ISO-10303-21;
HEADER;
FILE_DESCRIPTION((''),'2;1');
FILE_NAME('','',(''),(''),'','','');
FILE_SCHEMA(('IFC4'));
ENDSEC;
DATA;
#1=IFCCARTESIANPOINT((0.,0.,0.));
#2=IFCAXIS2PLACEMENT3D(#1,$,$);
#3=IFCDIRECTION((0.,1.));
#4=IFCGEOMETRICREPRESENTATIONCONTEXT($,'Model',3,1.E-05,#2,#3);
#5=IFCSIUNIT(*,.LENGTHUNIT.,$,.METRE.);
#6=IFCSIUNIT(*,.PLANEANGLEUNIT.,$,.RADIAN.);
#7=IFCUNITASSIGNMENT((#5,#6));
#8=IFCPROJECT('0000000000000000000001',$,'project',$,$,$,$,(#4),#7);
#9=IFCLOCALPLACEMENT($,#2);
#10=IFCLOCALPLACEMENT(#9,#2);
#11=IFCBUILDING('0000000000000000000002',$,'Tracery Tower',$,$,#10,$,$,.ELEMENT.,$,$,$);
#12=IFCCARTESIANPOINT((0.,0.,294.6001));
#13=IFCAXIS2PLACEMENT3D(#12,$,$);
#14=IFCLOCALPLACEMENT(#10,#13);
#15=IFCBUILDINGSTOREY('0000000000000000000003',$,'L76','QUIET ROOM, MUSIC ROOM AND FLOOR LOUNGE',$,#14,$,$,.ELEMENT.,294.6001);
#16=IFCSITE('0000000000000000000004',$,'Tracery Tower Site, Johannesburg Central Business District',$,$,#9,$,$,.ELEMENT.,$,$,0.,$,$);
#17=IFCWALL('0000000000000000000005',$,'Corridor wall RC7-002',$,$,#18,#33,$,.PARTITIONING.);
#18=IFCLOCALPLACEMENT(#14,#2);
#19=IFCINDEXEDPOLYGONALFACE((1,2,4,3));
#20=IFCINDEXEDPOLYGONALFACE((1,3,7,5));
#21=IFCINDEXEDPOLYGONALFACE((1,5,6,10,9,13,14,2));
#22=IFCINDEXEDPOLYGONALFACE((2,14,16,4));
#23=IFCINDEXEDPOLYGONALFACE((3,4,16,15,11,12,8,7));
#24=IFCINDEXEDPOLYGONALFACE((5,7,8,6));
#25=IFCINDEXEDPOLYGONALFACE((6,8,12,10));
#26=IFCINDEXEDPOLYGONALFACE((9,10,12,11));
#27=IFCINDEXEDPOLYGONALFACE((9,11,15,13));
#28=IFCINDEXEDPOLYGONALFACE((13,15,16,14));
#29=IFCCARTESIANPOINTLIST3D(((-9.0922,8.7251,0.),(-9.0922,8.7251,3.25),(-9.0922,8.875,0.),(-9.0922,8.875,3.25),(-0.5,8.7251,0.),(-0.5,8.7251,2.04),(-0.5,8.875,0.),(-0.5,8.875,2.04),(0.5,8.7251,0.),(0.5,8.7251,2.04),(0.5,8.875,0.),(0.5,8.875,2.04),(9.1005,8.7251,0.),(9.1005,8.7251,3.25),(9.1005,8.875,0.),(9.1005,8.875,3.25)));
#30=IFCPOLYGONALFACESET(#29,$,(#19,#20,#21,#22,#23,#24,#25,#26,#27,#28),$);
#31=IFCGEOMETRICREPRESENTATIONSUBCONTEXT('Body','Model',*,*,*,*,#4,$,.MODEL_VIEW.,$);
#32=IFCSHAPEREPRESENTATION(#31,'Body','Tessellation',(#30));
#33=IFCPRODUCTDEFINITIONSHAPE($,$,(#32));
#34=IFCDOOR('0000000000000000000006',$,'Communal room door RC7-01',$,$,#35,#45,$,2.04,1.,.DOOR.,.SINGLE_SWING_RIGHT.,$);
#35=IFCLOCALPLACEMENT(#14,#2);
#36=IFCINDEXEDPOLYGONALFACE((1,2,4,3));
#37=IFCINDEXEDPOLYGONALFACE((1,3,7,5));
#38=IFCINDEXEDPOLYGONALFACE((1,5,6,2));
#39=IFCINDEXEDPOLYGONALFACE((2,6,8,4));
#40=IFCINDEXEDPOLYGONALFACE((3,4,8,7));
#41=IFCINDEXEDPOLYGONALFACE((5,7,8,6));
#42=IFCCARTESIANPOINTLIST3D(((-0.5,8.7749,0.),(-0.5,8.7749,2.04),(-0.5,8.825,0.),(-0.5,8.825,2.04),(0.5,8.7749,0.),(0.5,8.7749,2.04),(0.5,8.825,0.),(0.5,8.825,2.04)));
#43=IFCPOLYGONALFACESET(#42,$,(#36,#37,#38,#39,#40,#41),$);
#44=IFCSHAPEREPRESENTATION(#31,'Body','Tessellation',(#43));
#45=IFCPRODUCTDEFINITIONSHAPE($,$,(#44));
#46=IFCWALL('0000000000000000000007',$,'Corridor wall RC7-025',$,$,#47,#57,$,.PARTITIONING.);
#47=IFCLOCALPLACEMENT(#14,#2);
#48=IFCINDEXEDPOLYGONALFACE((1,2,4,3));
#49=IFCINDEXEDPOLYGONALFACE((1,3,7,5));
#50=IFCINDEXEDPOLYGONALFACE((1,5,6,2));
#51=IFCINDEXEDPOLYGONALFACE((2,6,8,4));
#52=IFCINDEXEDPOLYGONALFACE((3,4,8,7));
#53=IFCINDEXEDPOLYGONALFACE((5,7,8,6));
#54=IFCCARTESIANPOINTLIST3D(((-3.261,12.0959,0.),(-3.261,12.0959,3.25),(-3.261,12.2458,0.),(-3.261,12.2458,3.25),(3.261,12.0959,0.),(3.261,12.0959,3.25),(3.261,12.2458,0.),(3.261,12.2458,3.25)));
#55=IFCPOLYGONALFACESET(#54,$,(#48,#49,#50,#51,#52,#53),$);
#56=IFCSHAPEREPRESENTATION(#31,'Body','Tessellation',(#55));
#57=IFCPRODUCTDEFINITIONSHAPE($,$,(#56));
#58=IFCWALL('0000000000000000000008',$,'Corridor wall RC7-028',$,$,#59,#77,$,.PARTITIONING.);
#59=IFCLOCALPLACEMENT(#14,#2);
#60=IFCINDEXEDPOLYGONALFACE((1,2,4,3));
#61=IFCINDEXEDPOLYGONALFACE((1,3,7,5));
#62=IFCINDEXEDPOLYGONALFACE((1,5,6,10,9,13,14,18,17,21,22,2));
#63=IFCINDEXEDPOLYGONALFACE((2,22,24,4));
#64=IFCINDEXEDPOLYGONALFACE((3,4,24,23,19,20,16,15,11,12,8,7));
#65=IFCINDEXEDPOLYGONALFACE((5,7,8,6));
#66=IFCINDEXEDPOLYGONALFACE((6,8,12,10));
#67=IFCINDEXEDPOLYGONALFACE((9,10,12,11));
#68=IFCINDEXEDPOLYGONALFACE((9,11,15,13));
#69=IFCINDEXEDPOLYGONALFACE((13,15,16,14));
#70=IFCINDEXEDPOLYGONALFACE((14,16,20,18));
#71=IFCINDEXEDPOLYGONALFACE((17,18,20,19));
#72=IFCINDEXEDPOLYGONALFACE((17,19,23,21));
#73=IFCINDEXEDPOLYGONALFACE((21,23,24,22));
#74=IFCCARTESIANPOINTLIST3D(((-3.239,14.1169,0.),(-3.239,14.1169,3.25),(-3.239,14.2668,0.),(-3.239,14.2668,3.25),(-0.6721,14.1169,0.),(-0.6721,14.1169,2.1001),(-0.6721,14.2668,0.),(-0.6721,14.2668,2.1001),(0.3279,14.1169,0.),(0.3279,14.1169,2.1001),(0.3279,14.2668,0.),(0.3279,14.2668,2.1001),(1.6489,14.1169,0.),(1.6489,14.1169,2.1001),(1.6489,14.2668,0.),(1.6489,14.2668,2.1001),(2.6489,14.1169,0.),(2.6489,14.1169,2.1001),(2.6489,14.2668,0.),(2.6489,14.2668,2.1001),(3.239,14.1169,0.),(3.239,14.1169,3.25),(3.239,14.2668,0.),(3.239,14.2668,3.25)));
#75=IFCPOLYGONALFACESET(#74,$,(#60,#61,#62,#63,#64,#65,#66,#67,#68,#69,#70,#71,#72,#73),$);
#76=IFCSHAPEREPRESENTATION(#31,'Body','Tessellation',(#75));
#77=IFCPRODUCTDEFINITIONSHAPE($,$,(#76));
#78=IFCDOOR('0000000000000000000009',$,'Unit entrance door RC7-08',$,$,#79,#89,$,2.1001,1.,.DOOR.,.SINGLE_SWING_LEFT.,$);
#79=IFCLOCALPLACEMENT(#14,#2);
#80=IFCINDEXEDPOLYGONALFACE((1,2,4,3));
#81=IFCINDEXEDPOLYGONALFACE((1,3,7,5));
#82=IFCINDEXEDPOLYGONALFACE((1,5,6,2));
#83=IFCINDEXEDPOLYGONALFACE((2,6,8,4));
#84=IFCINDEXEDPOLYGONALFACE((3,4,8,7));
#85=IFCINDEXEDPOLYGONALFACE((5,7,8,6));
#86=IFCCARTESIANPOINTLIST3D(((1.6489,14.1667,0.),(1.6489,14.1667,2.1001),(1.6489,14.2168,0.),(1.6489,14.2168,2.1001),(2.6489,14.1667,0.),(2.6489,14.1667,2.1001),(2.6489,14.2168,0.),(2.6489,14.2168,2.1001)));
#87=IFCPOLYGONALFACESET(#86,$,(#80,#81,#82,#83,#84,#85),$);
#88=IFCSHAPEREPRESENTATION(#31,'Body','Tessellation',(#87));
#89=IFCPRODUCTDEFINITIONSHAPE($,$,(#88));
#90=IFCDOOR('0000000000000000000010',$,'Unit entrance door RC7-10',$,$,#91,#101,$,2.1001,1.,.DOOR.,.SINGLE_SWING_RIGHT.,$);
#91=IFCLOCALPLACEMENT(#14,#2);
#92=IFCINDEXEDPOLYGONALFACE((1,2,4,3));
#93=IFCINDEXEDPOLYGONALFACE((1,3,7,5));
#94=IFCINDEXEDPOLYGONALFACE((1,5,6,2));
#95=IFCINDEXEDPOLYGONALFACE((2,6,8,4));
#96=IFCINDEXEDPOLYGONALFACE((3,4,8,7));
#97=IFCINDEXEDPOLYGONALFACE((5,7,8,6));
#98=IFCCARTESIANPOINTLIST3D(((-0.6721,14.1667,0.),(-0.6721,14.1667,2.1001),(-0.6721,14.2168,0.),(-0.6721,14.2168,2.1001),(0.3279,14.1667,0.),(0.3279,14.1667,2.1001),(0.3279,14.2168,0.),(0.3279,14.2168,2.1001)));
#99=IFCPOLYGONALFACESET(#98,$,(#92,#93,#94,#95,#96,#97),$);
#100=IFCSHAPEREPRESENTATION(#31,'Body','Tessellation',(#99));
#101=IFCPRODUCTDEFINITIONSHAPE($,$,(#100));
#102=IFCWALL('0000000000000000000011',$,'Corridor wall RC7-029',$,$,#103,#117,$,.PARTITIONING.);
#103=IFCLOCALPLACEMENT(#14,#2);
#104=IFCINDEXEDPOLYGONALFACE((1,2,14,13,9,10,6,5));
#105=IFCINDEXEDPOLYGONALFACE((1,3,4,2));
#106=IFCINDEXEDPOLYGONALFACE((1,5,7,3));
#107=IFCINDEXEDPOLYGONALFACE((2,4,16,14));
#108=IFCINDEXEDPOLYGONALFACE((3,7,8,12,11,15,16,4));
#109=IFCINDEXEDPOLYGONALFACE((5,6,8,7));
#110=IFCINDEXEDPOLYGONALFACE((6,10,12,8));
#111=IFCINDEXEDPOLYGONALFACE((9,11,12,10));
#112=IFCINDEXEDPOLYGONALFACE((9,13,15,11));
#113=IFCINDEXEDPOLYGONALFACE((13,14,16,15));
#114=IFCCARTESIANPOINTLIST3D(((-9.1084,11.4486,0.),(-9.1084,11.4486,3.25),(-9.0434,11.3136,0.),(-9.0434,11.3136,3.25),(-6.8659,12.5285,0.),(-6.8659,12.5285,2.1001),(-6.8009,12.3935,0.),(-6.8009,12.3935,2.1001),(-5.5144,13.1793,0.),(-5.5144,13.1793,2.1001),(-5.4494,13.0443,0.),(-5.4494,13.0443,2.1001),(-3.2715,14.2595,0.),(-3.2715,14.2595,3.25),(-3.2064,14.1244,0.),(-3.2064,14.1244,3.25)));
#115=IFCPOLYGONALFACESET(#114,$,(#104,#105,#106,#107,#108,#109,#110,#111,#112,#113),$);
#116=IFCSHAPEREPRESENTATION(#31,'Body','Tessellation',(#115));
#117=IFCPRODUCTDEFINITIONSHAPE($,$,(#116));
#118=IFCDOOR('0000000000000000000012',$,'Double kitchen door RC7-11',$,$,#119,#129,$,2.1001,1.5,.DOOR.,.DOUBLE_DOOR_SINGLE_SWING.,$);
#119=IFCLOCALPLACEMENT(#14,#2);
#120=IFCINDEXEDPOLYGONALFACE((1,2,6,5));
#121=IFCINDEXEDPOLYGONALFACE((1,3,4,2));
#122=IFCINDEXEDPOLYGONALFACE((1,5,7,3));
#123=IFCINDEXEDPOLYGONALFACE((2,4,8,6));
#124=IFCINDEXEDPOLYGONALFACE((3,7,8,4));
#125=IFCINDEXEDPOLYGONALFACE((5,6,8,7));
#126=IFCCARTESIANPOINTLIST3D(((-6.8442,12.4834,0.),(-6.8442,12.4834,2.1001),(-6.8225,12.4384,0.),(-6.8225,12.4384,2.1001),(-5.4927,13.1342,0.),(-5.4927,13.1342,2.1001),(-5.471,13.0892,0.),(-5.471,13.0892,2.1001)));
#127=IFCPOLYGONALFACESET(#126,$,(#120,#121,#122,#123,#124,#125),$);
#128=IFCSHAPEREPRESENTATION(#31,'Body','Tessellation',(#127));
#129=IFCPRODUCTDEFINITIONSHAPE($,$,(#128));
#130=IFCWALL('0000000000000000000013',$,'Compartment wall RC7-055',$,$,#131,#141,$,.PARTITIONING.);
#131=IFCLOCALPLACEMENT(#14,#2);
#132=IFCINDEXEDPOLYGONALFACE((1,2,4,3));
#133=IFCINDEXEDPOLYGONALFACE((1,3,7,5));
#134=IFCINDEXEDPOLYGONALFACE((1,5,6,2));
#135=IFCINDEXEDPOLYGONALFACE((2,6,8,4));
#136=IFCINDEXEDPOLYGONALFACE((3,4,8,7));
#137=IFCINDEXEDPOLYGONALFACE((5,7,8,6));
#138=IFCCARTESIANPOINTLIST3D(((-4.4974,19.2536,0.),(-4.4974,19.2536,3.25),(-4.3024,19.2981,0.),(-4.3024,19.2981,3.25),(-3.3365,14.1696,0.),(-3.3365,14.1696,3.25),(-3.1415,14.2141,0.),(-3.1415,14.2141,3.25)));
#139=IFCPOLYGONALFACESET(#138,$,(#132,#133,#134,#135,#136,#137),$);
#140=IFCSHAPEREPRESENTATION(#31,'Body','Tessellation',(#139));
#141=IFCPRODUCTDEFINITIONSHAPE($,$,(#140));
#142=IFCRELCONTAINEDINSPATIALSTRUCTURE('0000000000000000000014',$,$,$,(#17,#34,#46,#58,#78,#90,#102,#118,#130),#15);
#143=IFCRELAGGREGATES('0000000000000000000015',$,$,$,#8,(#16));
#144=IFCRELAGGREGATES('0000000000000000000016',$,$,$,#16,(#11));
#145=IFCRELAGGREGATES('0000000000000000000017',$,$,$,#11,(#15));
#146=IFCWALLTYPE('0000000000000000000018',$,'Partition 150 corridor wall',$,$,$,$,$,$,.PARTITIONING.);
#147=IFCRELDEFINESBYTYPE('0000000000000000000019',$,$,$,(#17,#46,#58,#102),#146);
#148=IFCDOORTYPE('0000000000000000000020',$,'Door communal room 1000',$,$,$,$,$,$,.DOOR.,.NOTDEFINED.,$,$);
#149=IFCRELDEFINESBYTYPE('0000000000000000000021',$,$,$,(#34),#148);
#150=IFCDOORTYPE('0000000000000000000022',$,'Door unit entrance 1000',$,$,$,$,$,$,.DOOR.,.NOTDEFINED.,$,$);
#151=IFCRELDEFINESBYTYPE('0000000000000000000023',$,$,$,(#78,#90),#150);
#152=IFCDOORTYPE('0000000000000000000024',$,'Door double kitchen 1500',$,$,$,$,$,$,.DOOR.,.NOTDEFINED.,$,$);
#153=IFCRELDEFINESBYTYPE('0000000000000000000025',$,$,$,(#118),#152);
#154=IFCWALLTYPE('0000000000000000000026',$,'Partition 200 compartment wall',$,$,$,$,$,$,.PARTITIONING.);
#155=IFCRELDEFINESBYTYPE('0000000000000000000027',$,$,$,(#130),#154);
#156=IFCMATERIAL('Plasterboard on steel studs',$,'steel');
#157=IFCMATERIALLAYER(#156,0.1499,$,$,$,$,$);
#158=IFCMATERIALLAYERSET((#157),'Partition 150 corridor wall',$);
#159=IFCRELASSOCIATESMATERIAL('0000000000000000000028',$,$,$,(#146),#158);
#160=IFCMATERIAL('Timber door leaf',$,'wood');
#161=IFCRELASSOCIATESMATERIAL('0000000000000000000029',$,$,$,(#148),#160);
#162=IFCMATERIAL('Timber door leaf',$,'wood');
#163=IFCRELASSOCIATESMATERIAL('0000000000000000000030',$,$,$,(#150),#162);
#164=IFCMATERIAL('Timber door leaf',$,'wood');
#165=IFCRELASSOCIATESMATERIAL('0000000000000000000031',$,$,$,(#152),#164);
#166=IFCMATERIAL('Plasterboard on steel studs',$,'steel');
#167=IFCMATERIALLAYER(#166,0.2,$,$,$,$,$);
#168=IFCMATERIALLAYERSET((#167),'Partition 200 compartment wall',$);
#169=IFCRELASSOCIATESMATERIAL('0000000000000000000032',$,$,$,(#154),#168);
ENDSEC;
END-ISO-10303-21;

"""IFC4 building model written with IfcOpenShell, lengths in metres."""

from ifc_helpers import new_model, si_unit, direction, frame, frame_2d, origin, place, context, subcontext, project, spatial, rectangle, extrude, material, layer, layer_set, type_object, element, fill, save


model = new_model("IFC4")

# Units and contexts
model_context = context("Model", 3, precision=1e-05, world=origin(), true_north=direction((0.0, 1.0)))
body_context = subcontext(model_context, "Body", "Model", "MODEL_VIEW")
ifc_project = project(units=[si_unit("LENGTHUNIT", "METRE"), si_unit("PLANEANGLEUNIT", "RADIAN")], contexts=[model_context])

# Site, building, storey
site_placement = place(None, origin())
site = spatial("IfcSite", under=ifc_project, at=site_placement, Name="Tracery Tower Site, Johannesburg Central Business District", CompositionType="ELEMENT", RefElevation=0.0)
building_placement = place(site_placement, origin())
building = spatial("IfcBuilding", under=site, at=building_placement, Name="Tracery Tower", CompositionType="ELEMENT")
storey_placement = place(building_placement, frame((0.0, 0.0, 294.6001)))
storey = spatial("IfcBuildingStorey", under=building, at=storey_placement, Name="L76", Description="QUIET ROOM, MUSIC ROOM AND FLOOR LOUNGE", CompositionType="ELEMENT", Elevation=294.6001)

# Wall, opening, door
ifc_material_1 = material(Name="Plasterboard on steel studs", Category="steel")
ifc_layer_1 = layer(ifc_material_1, 0.1499)
ifc_layer_set_1 = layer_set([ifc_layer_1], Name="Partition 150 corridor wall")
wall_type_1 = type_object("IfcWallType", Name="Partition 150 corridor wall", PredefinedType="PARTITIONING", material=ifc_layer_set_1)
wall_1_placement = place(storey_placement, frame((-9.092, 8.8, 0.0), z_axis=(0.0, 0.0, 1.0), x_axis=(1.0, 0.0, 0.0)))
wall_1 = element("IfcWall", 1, at=wall_1_placement, inside=storey, type_object=wall_type_1, Name="Corridor wall RC7-002", PredefinedType="PARTITIONING", context=body_context, shape_type="SweptSolid", body=[
    extrude(rectangle(XDim=18.1926, YDim=0.1499, at=frame_2d((9.0962, 0.0))), origin(), (0.0, 0.0, 1.0), 3.25),
])
opening_1_placement = place(wall_1_placement, frame((8.592, 0.0, 0.0)))
opening_1 = element("IfcOpeningElement", 2, at=opening_1_placement, cuts=wall_1, PredefinedType="OPENING", context=body_context, shape_type="SweptSolid", body=[
    extrude(rectangle(XDim=1.0, YDim=2.04, at=frame_2d((0.5, 1.02))), frame((0.0, 0.075, 0.0), z_axis=(0.0, -1.0, 0.0), x_axis=(1.0, 0.0, 0.0)), (0.0, 0.0, 1.0), 0.1499),
])
ifc_material_2 = material(Name="Timber door leaf", Category="wood")
door_type_1 = type_object("IfcDoorType", Name="Door communal room 1000", OperationType="NOTDEFINED", PredefinedType="DOOR", material=ifc_material_2)
door_1_placement = place(opening_1_placement, origin())
door_1 = element("IfcDoor", 3, at=door_1_placement, inside=storey, type_object=door_type_1, Name="Communal room door RC7-01", OperationType="SINGLE_SWING_RIGHT", OverallHeight=2.04, OverallWidth=1.0, PredefinedType="DOOR", context=body_context, shape_type="SweptSolid", body=[
    extrude(rectangle(XDim=1.0, YDim=2.04, at=frame_2d((0.5, 1.02))), frame((0.0, 0.0249, 0.0), z_axis=(0.0, -1.0, 0.0), x_axis=(1.0, 0.0, 0.0)), (0.0, 0.0, 1.0), 0.05),
])
fill(opening_1, door_1)

# Wall
wall_2_placement = place(storey_placement, frame((-3.261, 12.1709, 0.0), z_axis=(0.0, 0.0, 1.0), x_axis=(1.0, 0.0, 0.0)))
element("IfcWall", 4, at=wall_2_placement, inside=storey, type_object=wall_type_1, Name="Corridor wall RC7-025", PredefinedType="PARTITIONING", context=body_context, shape_type="SweptSolid", body=[
    extrude(rectangle(XDim=6.522, YDim=0.1499, at=frame_2d((3.261, 0.0))), origin(), (0.0, 0.0, 1.0), 3.25),
])

# Wall, openings, doors
wall_3_placement = place(storey_placement, frame((-3.239, 14.1919, 0.0), z_axis=(0.0, 0.0, 1.0), x_axis=(1.0, 0.0, 0.0)))
wall_3 = element("IfcWall", 5, at=wall_3_placement, inside=storey, type_object=wall_type_1, Name="Corridor wall RC7-028", PredefinedType="PARTITIONING", context=body_context, shape_type="SweptSolid", body=[
    extrude(rectangle(XDim=6.478, YDim=0.1499, at=frame_2d((3.239, 0.0))), origin(), (0.0, 0.0, 1.0), 3.25),
])
opening_2_placement = place(wall_3_placement, frame((4.8879, 0.0, 0.0)))
opening_2 = element("IfcOpeningElement", 6, at=opening_2_placement, cuts=wall_3, PredefinedType="OPENING", context=body_context, shape_type="SweptSolid", body=[
    extrude(rectangle(XDim=1.0, YDim=2.1001, at=frame_2d((0.5, 1.05))), frame((0.0, 0.075, 0.0), z_axis=(0.0, -1.0, 0.0), x_axis=(1.0, 0.0, 0.0)), (0.0, 0.0, 1.0), 0.1499),
])
opening_3_placement = place(wall_3_placement, frame((2.5669, 0.0, 0.0)))
opening_3 = element("IfcOpeningElement", 7, at=opening_3_placement, cuts=wall_3, PredefinedType="OPENING", context=body_context, shape_type="SweptSolid", body=[
    extrude(rectangle(XDim=1.0, YDim=2.1001, at=frame_2d((0.5, 1.05))), frame((0.0, 0.075, 0.0), z_axis=(0.0, -1.0, 0.0), x_axis=(1.0, 0.0, 0.0)), (0.0, 0.0, 1.0), 0.1499),
])
ifc_material_3 = material(Name="Timber door leaf", Category="wood")
door_type_2 = type_object("IfcDoorType", Name="Door unit entrance 1000", OperationType="NOTDEFINED", PredefinedType="DOOR", material=ifc_material_3)
door_2_placement = place(opening_2_placement, origin())
door_2 = element("IfcDoor", 8, at=door_2_placement, inside=storey, type_object=door_type_2, Name="Unit entrance door RC7-08", OperationType="SINGLE_SWING_LEFT", OverallHeight=2.1001, OverallWidth=1.0, PredefinedType="DOOR", context=body_context, shape_type="SweptSolid", body=[
    extrude(rectangle(XDim=1.0, YDim=2.1001, at=frame_2d((0.5, 1.05))), frame((0.0, 0.0249, 0.0), z_axis=(0.0, -1.0, 0.0), x_axis=(1.0, 0.0, 0.0)), (0.0, 0.0, 1.0), 0.05),
])
fill(opening_2, door_2)
door_3_placement = place(opening_3_placement, origin())
door_3 = element("IfcDoor", 9, at=door_3_placement, inside=storey, type_object=door_type_2, Name="Unit entrance door RC7-10", OperationType="SINGLE_SWING_RIGHT", OverallHeight=2.1001, OverallWidth=1.0, PredefinedType="DOOR", context=body_context, shape_type="SweptSolid", body=[
    extrude(rectangle(XDim=1.0, YDim=2.1001, at=frame_2d((0.5, 1.05))), frame((0.0, 0.0249, 0.0), z_axis=(0.0, -1.0, 0.0), x_axis=(1.0, 0.0, 0.0)), (0.0, 0.0, 1.0), 0.05),
])
fill(opening_3, door_3)

# Wall, opening, door
wall_4_placement = place(storey_placement, frame((-9.0759, 11.3811, 0.0), z_axis=(0.0, 0.0, 1.0), x_axis=(0.900976, 0.433869, 0.0)))
wall_4 = element("IfcWall", 10, at=wall_4_placement, inside=storey, type_object=wall_type_1, Name="Corridor wall RC7-029", PredefinedType="PARTITIONING", context=body_context, shape_type="SweptSolid", body=[
    extrude(rectangle(XDim=6.4785, YDim=0.1499, at=frame_2d((3.2393, 0.0))), origin(), (0.0, 0.0, 1.0), 3.25),
])
opening_4_placement = place(wall_4_placement, frame((2.489, 0.0, 0.0)))
opening_4 = element("IfcOpeningElement", 11, at=opening_4_placement, cuts=wall_4, PredefinedType="OPENING", context=body_context, shape_type="SweptSolid", body=[
    extrude(rectangle(XDim=1.5, YDim=2.1001, at=frame_2d((0.75, 1.05))), frame((0.0, 0.075, 0.0), z_axis=(0.0, -1.0, 0.0), x_axis=(1.0, 0.0, 0.0)), (0.0, 0.0, 1.0), 0.1499),
])
ifc_material_4 = material(Name="Timber door leaf", Category="wood")
door_type_3 = type_object("IfcDoorType", Name="Door double kitchen 1500", OperationType="NOTDEFINED", PredefinedType="DOOR", material=ifc_material_4)
door_4_placement = place(opening_4_placement, origin())
door_4 = element("IfcDoor", 12, at=door_4_placement, inside=storey, type_object=door_type_3, Name="Double kitchen door RC7-11", OperationType="DOUBLE_DOOR_SINGLE_SWING", OverallHeight=2.1001, OverallWidth=1.5, PredefinedType="DOOR", context=body_context, shape_type="SweptSolid", body=[
    extrude(rectangle(XDim=1.5, YDim=2.1001, at=frame_2d((0.75, 1.05))), frame((0.0, 0.0249, 0.0), z_axis=(0.0, -1.0, 0.0), x_axis=(1.0, 0.0, 0.0)), (0.0, 0.0, 1.0), 0.05),
])
fill(opening_4, door_4)

# Wall
ifc_material_5 = material(Name="Plasterboard on steel studs", Category="steel")
ifc_layer_2 = layer(ifc_material_5, 0.2)
ifc_layer_set_2 = layer_set([ifc_layer_2], Name="Partition 200 compartment wall")
wall_type_2 = type_object("IfcWallType", Name="Partition 200 compartment wall", PredefinedType="PARTITIONING", material=ifc_layer_set_2)
wall_5_placement = place(storey_placement, frame((-4.3999, 19.2759, 0.0), z_axis=(0.0, 0.0, 1.0), x_axis=(0.222613, -0.974907, 0.0)))
element("IfcWall", 13, at=wall_5_placement, inside=storey, type_object=wall_type_2, Name="Compartment wall RC7-055", PredefinedType="PARTITIONING", context=body_context, shape_type="SweptSolid", body=[
    extrude(rectangle(XDim=5.2148, YDim=0.2, at=frame_2d((2.6074, 0.0))), origin(), (0.0, 0.0, 1.0), 3.25),
])

save(model, "model.ifc")
